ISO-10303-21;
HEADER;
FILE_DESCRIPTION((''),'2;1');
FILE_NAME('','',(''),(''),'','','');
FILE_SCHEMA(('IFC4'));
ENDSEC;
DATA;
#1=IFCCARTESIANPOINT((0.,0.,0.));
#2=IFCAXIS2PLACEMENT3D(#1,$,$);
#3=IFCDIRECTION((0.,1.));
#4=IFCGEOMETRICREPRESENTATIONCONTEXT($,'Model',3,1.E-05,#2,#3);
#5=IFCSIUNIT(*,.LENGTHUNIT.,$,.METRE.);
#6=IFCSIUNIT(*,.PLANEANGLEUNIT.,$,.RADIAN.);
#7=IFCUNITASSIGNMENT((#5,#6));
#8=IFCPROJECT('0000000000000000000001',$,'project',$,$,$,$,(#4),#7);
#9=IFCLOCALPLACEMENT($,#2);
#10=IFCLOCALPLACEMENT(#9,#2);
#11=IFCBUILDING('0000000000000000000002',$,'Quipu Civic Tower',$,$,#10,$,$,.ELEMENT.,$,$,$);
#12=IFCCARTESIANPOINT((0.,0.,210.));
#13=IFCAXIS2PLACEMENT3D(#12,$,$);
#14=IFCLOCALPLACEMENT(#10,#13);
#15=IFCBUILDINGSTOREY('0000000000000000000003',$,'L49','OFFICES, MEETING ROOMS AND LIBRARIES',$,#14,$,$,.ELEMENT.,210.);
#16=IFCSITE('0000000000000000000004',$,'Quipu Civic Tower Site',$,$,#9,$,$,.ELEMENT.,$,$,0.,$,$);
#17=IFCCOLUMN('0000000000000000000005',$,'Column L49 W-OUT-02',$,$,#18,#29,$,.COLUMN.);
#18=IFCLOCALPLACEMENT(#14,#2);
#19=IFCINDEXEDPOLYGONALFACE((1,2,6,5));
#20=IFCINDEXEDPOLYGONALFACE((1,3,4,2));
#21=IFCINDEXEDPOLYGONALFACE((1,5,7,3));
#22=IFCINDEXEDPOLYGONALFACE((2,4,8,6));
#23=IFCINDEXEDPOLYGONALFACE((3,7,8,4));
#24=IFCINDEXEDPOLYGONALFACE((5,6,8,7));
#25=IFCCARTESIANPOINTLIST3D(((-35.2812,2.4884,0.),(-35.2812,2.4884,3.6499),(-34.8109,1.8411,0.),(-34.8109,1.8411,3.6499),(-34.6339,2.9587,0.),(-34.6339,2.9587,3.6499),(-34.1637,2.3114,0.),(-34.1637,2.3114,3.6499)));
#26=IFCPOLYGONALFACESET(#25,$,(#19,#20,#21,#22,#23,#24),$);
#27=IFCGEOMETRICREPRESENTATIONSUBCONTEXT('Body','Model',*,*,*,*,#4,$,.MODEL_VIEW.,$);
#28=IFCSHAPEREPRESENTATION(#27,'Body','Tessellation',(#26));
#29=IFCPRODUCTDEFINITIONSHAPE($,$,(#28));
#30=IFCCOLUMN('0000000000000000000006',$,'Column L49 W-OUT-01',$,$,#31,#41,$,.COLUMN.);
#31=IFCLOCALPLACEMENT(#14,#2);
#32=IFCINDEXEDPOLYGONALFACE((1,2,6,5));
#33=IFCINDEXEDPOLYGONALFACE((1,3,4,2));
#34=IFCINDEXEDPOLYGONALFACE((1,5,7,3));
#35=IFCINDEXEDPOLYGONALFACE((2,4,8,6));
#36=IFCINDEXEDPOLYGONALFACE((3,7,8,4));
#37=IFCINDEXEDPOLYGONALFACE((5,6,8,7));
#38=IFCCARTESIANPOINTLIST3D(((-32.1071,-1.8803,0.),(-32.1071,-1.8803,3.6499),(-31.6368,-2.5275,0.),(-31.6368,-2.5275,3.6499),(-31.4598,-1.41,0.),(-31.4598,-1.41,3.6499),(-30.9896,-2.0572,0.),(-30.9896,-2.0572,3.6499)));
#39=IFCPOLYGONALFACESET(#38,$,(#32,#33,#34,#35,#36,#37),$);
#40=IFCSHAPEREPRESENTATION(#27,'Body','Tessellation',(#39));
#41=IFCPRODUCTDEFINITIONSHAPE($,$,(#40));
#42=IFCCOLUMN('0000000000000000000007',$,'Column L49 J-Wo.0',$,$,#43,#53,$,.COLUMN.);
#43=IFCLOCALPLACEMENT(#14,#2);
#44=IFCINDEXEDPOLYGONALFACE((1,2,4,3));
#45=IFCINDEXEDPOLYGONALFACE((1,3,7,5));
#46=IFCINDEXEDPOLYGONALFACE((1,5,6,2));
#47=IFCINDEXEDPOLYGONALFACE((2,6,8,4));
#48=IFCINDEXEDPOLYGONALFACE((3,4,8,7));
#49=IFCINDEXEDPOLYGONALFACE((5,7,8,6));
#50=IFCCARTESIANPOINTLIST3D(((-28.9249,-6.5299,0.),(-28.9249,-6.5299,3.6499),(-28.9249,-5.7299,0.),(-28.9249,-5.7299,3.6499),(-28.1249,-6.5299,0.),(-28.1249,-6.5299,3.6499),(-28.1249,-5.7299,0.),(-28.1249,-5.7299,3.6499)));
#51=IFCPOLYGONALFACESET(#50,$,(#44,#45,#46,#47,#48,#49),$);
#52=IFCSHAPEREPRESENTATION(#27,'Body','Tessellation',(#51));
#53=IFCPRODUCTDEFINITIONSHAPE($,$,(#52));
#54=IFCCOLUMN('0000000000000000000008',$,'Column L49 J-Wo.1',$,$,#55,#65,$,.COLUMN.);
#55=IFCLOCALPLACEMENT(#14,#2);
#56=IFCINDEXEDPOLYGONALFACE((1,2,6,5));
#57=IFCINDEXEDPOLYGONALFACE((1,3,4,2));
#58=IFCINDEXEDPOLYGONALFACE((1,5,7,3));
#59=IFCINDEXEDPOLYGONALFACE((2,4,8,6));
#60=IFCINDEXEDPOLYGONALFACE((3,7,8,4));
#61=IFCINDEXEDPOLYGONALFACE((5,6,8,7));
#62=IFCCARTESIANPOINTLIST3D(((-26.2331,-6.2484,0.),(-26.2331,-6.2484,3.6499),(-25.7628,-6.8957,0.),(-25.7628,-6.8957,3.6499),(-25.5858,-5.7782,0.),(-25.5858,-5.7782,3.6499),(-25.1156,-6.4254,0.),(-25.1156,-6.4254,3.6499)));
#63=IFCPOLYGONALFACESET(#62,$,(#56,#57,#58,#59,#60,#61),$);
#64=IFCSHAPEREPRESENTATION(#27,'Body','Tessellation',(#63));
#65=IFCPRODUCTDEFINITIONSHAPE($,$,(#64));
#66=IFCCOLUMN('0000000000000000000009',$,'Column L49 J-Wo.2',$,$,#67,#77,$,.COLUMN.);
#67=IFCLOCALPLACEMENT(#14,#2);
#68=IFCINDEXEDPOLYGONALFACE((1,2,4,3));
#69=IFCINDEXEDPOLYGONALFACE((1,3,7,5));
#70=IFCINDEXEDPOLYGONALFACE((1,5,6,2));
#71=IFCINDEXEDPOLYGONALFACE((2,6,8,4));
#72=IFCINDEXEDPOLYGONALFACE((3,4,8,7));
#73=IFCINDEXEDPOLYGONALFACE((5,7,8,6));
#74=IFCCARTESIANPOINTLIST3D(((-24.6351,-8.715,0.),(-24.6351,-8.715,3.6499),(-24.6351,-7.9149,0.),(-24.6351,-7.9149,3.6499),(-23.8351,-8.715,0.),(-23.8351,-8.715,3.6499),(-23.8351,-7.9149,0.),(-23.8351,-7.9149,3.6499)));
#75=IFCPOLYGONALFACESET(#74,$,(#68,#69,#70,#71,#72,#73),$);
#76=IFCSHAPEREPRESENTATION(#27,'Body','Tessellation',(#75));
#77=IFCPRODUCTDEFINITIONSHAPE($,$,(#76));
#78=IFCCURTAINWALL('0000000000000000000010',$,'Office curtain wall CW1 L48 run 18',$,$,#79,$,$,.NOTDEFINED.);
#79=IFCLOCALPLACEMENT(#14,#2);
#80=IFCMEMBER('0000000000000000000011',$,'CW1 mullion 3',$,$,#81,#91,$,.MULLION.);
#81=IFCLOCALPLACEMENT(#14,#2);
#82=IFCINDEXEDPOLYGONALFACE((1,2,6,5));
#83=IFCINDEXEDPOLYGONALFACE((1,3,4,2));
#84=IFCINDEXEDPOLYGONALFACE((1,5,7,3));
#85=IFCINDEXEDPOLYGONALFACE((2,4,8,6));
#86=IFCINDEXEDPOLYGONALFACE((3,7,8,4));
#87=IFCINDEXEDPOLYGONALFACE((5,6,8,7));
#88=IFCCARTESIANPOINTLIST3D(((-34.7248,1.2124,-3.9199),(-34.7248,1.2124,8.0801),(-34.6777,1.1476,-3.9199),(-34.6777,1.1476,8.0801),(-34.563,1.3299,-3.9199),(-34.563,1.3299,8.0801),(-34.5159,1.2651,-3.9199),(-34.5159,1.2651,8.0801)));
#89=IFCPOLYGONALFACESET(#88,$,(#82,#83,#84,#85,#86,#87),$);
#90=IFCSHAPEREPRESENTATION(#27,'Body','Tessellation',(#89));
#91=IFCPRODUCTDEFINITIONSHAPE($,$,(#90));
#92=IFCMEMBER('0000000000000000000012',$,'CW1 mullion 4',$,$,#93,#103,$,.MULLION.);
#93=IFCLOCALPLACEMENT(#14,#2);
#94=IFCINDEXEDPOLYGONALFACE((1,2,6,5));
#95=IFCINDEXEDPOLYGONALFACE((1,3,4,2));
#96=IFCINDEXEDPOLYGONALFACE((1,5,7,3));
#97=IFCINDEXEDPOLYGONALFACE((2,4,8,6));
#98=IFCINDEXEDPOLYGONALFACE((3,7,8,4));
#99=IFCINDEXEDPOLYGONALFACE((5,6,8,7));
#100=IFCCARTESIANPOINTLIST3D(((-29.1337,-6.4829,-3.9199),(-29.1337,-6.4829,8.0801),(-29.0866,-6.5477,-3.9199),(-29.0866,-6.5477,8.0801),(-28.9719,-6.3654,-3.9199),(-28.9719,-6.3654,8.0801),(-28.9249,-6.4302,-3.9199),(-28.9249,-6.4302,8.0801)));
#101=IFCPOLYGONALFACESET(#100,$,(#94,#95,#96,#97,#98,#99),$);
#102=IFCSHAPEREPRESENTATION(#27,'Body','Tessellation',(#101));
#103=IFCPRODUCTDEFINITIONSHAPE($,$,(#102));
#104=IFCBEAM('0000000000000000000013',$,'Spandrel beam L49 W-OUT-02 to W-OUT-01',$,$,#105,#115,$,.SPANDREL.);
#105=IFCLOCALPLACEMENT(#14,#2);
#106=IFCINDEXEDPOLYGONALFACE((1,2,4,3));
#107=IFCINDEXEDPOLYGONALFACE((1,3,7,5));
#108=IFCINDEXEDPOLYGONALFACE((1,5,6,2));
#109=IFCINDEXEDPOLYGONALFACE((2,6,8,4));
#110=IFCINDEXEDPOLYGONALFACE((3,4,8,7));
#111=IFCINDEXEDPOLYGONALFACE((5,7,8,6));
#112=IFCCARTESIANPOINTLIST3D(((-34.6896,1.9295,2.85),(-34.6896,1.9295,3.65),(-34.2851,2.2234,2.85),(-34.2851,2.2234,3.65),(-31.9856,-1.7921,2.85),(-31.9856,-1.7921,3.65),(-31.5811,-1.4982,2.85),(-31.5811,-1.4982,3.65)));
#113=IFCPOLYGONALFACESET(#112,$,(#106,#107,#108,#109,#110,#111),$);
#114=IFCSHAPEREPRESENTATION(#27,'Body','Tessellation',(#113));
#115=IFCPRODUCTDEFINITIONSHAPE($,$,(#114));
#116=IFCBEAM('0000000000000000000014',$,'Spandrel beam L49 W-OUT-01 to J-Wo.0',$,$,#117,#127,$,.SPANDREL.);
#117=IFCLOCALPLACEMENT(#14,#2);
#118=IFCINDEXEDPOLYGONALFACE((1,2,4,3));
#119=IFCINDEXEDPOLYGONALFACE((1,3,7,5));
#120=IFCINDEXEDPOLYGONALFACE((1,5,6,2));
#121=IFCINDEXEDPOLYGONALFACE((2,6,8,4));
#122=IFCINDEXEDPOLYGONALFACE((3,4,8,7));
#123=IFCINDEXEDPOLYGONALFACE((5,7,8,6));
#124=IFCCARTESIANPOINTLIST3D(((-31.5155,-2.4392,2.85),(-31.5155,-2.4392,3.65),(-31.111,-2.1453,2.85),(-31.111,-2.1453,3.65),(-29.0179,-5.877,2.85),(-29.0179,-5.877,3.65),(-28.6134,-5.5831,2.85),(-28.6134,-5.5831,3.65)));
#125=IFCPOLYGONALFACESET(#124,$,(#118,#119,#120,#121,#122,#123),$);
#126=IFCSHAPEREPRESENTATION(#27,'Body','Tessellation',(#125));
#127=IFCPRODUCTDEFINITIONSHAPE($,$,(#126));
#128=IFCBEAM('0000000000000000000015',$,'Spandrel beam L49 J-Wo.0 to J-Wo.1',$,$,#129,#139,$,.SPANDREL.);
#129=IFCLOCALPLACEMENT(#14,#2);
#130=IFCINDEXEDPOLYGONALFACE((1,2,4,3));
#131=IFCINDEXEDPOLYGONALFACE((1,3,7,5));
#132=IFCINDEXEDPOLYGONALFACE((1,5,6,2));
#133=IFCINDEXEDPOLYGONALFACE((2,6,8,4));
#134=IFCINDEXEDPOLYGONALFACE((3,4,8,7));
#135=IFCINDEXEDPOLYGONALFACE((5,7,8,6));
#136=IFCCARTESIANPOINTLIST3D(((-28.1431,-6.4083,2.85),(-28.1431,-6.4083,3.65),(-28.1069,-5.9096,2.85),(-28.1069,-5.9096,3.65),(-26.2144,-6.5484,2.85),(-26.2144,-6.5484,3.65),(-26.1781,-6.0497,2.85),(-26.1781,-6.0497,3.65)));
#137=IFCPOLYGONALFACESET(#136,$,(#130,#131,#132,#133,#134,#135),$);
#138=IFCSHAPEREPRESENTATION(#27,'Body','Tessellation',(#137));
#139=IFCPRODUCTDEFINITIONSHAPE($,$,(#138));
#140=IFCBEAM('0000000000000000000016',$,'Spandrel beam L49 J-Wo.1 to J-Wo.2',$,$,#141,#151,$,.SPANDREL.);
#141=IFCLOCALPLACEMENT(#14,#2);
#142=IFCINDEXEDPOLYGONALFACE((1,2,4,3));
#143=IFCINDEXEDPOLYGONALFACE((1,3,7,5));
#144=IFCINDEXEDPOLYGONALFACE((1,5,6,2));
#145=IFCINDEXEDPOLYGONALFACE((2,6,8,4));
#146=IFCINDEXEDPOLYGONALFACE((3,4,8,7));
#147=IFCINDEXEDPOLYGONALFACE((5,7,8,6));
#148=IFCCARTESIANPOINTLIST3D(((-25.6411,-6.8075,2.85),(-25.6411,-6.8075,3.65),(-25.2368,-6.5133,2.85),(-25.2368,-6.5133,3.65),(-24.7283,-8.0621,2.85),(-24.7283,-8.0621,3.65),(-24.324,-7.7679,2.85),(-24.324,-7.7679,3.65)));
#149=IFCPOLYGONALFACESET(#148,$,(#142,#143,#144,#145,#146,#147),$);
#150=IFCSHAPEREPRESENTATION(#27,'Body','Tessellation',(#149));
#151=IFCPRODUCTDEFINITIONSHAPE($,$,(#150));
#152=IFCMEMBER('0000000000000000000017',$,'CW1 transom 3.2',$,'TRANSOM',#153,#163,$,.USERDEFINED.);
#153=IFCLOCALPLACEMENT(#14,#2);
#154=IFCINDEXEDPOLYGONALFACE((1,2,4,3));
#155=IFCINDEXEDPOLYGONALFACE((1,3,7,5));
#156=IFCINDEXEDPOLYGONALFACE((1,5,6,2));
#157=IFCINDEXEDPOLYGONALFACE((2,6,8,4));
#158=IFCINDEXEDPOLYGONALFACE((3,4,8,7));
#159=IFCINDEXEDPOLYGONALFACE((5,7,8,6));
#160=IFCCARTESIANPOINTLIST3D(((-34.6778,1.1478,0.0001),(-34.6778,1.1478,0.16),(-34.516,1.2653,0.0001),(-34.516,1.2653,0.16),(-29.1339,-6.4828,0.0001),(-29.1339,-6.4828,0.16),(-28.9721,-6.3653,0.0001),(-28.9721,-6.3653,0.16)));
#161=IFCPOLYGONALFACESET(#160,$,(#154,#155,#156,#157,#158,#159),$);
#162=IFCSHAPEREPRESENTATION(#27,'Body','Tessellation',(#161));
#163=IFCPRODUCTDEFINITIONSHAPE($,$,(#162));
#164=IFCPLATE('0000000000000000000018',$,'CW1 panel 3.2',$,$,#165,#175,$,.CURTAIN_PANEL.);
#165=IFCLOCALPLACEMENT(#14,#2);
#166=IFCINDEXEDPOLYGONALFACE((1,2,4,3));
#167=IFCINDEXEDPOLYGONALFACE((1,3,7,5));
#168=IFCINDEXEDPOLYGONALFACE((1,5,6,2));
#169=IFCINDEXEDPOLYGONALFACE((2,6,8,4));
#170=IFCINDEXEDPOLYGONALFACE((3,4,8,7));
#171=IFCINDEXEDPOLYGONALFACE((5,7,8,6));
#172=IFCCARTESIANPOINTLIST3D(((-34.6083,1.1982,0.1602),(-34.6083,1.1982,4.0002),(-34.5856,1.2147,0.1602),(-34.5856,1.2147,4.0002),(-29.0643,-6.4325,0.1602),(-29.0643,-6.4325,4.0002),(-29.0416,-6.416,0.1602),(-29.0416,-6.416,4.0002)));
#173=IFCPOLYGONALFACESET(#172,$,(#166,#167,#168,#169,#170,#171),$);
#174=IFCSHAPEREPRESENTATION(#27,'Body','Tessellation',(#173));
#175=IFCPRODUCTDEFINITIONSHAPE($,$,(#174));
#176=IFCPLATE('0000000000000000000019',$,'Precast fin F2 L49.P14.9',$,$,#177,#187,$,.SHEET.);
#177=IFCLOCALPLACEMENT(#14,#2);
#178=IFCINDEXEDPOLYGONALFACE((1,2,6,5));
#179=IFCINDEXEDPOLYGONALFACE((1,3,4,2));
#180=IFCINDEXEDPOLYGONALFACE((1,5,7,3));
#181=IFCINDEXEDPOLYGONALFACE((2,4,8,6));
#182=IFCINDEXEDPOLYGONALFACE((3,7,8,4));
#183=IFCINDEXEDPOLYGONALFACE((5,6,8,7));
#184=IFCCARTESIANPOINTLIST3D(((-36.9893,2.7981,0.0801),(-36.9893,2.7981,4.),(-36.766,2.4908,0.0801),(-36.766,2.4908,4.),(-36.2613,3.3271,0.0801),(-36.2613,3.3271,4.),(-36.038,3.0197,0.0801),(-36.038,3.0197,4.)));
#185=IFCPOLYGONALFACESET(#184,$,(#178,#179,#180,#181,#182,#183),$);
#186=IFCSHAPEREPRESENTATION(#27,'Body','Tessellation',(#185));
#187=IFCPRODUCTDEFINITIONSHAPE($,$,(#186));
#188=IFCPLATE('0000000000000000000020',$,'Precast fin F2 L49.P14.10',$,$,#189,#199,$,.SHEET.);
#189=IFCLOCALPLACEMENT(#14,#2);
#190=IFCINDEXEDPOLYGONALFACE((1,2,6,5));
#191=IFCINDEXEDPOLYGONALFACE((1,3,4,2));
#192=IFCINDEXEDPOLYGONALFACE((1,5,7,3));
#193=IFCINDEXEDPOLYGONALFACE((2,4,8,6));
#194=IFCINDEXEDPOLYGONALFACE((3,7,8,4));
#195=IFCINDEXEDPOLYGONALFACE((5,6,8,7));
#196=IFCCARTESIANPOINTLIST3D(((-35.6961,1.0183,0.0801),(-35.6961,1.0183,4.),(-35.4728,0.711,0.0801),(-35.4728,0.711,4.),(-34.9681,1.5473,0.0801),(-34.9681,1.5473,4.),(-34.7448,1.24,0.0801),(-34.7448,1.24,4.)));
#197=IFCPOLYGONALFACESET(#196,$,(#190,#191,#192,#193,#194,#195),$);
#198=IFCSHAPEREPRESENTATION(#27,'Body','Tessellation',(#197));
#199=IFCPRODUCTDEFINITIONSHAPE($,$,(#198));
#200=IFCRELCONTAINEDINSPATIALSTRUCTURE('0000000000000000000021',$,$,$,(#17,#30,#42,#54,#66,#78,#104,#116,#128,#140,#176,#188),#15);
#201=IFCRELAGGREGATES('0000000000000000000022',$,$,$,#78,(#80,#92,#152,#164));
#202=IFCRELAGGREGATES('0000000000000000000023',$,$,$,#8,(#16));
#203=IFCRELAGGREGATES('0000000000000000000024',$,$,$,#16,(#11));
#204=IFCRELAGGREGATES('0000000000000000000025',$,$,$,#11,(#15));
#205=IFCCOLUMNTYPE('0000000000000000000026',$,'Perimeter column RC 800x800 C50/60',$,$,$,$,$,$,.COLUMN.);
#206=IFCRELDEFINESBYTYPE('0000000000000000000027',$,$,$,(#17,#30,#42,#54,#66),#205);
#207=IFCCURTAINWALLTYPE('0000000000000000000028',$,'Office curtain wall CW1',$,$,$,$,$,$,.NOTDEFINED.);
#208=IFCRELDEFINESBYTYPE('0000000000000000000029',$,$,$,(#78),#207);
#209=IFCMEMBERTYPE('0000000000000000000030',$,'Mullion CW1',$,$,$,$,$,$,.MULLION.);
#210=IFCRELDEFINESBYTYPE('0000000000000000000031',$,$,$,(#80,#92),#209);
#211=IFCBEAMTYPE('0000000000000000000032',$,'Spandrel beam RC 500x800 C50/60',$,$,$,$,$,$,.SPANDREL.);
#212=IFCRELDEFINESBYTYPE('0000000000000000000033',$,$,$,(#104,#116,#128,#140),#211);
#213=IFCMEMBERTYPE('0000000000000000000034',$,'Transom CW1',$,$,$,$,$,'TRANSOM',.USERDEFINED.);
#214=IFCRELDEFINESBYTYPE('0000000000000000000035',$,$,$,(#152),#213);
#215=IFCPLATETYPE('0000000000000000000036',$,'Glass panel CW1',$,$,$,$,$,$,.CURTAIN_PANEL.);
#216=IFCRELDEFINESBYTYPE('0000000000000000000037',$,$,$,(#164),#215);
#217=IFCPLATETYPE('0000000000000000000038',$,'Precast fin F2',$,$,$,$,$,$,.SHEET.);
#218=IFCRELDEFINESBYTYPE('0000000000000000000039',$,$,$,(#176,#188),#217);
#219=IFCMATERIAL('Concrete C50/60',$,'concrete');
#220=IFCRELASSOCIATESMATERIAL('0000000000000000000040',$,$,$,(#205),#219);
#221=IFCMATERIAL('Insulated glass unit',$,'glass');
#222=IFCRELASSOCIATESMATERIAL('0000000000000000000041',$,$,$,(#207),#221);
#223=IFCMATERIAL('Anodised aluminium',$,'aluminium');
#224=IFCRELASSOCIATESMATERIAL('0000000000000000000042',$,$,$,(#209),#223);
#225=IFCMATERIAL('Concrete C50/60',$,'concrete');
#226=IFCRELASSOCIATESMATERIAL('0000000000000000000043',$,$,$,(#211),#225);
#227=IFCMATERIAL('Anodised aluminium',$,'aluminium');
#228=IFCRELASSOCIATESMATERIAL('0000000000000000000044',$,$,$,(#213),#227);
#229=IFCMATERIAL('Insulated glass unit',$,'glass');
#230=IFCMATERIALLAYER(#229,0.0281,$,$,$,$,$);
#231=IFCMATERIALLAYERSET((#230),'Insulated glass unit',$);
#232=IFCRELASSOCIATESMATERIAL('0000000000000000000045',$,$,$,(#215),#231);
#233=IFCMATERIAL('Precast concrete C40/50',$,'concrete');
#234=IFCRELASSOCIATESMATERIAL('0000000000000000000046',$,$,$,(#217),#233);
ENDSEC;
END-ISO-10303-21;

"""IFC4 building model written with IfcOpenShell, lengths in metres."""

from ifc_helpers import new_model, si_unit, direction, frame, origin, origin_2d, place, context, subcontext, project, spatial, rectangle, extrude, material, layer, layer_set, material_profile, profile_set, type_object, element, aggregate, save


model = new_model("IFC4")

# Units and contexts
model_context = context("Model", 3, precision=1e-05, world=origin(), true_north=direction((0.0, 1.0)))
body_context = subcontext(model_context, "Body", "Model", "MODEL_VIEW")
ifc_project = project(units=[si_unit("LENGTHUNIT", "METRE"), si_unit("PLANEANGLEUNIT", "RADIAN")], contexts=[model_context])

# Site, building, storey
site_placement = place(None, origin())
site = spatial("IfcSite", under=ifc_project, at=site_placement, Name="Quipu Civic Tower Site", CompositionType="ELEMENT", RefElevation=0.0)
building_placement = place(site_placement, origin())
building = spatial("IfcBuilding", under=site, at=building_placement, Name="Quipu Civic Tower", CompositionType="ELEMENT")
storey_placement = place(building_placement, frame((0.0, 0.0, 210.0)))
storey = spatial("IfcBuildingStorey", under=building, at=storey_placement, Name="L49", Description="OFFICES, MEETING ROOMS AND LIBRARIES", CompositionType="ELEMENT", Elevation=210.0)

# Columns
ifc_material_1 = material(Name="Concrete C50/60", Category="concrete")
ifc_material_profile_1 = material_profile(ifc_material_1, rectangle(XDim=0.8, YDim=0.8, at=origin_2d()), Name="RC800x800")
ifc_profile_set_1 = profile_set([ifc_material_profile_1], Name="Concrete C50/60")
column_type = type_object("IfcColumnType", Name="Perimeter column RC 800x800 C50/60", PredefinedType="COLUMN", material=ifc_profile_set_1)
for number, where, z_axis, x_axis, name in (
    (1, (-34.7224, 2.3999, 0.0), (0.0, 0.0, 1.0), (0.587785, -0.809017, 0.0), "Column L49 W-OUT-02"),
    (2, (-31.5483, -1.9688, 0.0), (0.0, 0.0, 1.0), (0.587785, -0.809017, 0.0), "Column L49 W-OUT-01"),
    (3, (-28.5249, -6.1299, 0.0), (0.0, 0.0, 1.0), (1.0, 0.0, 0.0), "Column L49 J-Wo.0"),
    (4, (-25.6743, -6.3369, 0.0), (0.0, 0.0, 1.0), (0.587785, -0.809017, 0.0), "Column L49 J-Wo.1"),
    (5, (-24.2351, -8.3149, 0.0), (0.0, 0.0, 1.0), (1.0, 0.0, 0.0), "Column L49 J-Wo.2"),
):
    element("IfcColumn", number, at=place(storey_placement, frame(where, z_axis=z_axis, x_axis=x_axis)), inside=storey, type_object=column_type, Name=name, PredefinedType="COLUMN", context=body_context, shape_type="SweptSolid", body=[
        extrude(rectangle(XDim=0.8, YDim=0.8, at=origin_2d()), origin(), (0.0, 0.0, 1.0), 3.6499),
    ])

# Curtain wall, members
ifc_material_2 = material(Name="Insulated glass unit", Category="glass")
curtain_wall_type = type_object("IfcCurtainWallType", Name="Office curtain wall CW1", PredefinedType="NOTDEFINED", material=ifc_material_2)
curtain_wall_placement = place(storey_placement, origin())
curtain_wall = element("IfcCurtainWall", 6, at=curtain_wall_placement, inside=storey, type_object=curtain_wall_type, Name="Office curtain wall CW1 L48 run 18", PredefinedType="NOTDEFINED")
ifc_material_3 = material(Name="Anodised aluminium", Category="aluminium")
ifc_material_profile_2 = material_profile(ifc_material_3, rectangle(XDim=0.2, YDim=0.0801, at=origin_2d()), Name="RECT 200x80")
ifc_profile_set_2 = profile_set([ifc_material_profile_2], Name="Anodised aluminium")
member_type_1 = type_object("IfcMemberType", Name="Mullion CW1", PredefinedType="MULLION", material=ifc_profile_set_2)
member_1_placement = place(storey_placement, frame((-34.6204, 1.2388, -3.9199), z_axis=(0.0, 0.0, 1.0), x_axis=(0.809017, 0.587786, 0.0)))
member_1 = element("IfcMember", 7, at=member_1_placement, type_object=member_type_1, Name="CW1 mullion 3", PredefinedType="MULLION", context=body_context, shape_type="SweptSolid", body=[
    extrude(rectangle(XDim=0.2, YDim=0.0801, at=origin_2d()), origin(), (0.0, 0.0, 1.0), 12.0),
])
member_2_placement = place(storey_placement, frame((-29.0293, -6.4565, -3.9199), z_axis=(0.0, 0.0, 1.0), x_axis=(0.809017, 0.587786, 0.0)))
member_2 = element("IfcMember", 8, at=member_2_placement, type_object=member_type_1, Name="CW1 mullion 4", PredefinedType="MULLION", context=body_context, shape_type="SweptSolid", body=[
    extrude(rectangle(XDim=0.2, YDim=0.0801, at=origin_2d()), origin(), (0.0, 0.0, 1.0), 12.0),
])

# Beams
ifc_material_4 = material(Name="Concrete C50/60", Category="concrete")
ifc_material_profile_3 = material_profile(ifc_material_4, rectangle(XDim=0.5, YDim=0.8, at=origin_2d()), Name="RC500x800")
ifc_profile_set_3 = profile_set([ifc_material_profile_3], Name="Concrete C50/60")
beam_type = type_object("IfcBeamType", Name="Spandrel beam RC 500x800 C50/60", PredefinedType="SPANDREL", material=ifc_profile_set_3)
beam_1_placement = place(storey_placement, frame((-34.4873, 2.0764, 3.25), z_axis=(0.587796, -0.809009, 0.0), x_axis=(0.809009, 0.587796, 0.0)))
element("IfcBeam", 9, at=beam_1_placement, inside=storey, type_object=beam_type, Name="Spandrel beam L49 W-OUT-02 to W-OUT-01", PredefinedType="SPANDREL", context=body_context, shape_type="SweptSolid", body=[
    extrude(rectangle(XDim=0.5, YDim=0.8, at=origin_2d()), origin(), (0.0, 0.0, 1.0), 4.6001),
])
beam_2_placement = place(storey_placement, frame((-31.3132, -2.2922, 3.25), z_axis=(0.587769, -0.809029, 0.0), x_axis=(0.809029, 0.587769, 0.0)))
element("IfcBeam", 10, at=beam_2_placement, inside=storey, type_object=beam_type, Name="Spandrel beam L49 W-OUT-01 to J-Wo.0", PredefinedType="SPANDREL", context=body_context, shape_type="SweptSolid", body=[
    extrude(rectangle(XDim=0.5, YDim=0.8, at=origin_2d()), origin(), (0.0, 0.0, 1.0), 4.2493),
])
beam_3_placement = place(storey_placement, frame((-28.125, -6.1589, 3.25), z_axis=(0.997371, -0.072467, 0.0), x_axis=(0.072467, 0.997371, 0.0)))
element("IfcBeam", 11, at=beam_3_placement, inside=storey, type_object=beam_type, Name="Spandrel beam L49 J-Wo.0 to J-Wo.1", PredefinedType="SPANDREL", context=body_context, shape_type="SweptSolid", body=[
    extrude(rectangle(XDim=0.5, YDim=0.8, at=origin_2d()), origin(), (0.0, 0.0, 1.0), 1.9338),
])
beam_4_placement = place(storey_placement, frame((-25.439, -6.6604, 3.25), z_axis=(0.588331, -0.80862, 0.0), x_axis=(0.80862, 0.588331, 0.0)))
element("IfcBeam", 12, at=beam_4_placement, inside=storey, type_object=beam_type, Name="Spandrel beam L49 J-Wo.1 to J-Wo.2", PredefinedType="SPANDREL", context=body_context, shape_type="SweptSolid", body=[
    extrude(rectangle(XDim=0.5, YDim=0.8, at=origin_2d()), origin(), (0.0, 0.0, 1.0), 1.5515),
])

# Member
ifc_material_5 = material(Name="Anodised aluminium", Category="aluminium")
ifc_material_profile_4 = material_profile(ifc_material_5, rectangle(XDim=0.2, YDim=0.1599, at=origin_2d()), Name="RECT 200x160")
ifc_profile_set_4 = profile_set([ifc_material_profile_4], Name="Anodised aluminium")
member_type_2 = type_object("IfcMemberType", Name="Transom CW1", ElementType="TRANSOM", PredefinedType="USERDEFINED", material=ifc_profile_set_4)
member_3_placement = place(storey_placement, frame((-34.5969, 1.2065, 0.0801), z_axis=(0.587784, -0.809018, 0.0), x_axis=(0.809018, 0.587784, 0.0)))
member_3 = element("IfcMember", 13, at=member_3_placement, type_object=member_type_2, Name="CW1 transom 3.2", ObjectType="TRANSOM", PredefinedType="USERDEFINED", context=body_context, shape_type="SweptSolid", body=[
    extrude(rectangle(XDim=0.2, YDim=0.1599, at=origin_2d()), origin(), (0.0, 0.0, 1.0), 9.4319),
])

# Plate
ifc_material_6 = material(Name="Insulated glass unit", Category="glass")
ifc_layer = layer(ifc_material_6, 0.0281)
ifc_layer_set = layer_set([ifc_layer], Name="Insulated glass unit")
plate_type_1 = type_object("IfcPlateType", Name="Glass panel CW1", PredefinedType="CURTAIN_PANEL", material=ifc_layer_set)
plate_placement = place(storey_placement, frame((-31.825, -2.6089, 0.1602), z_axis=(0.0, 0.0, 1.0), x_axis=(0.587786, -0.809017, 0.0)))
plate = element("IfcPlate", 14, at=plate_placement, type_object=plate_type_1, Name="CW1 panel 3.2", PredefinedType="CURTAIN_PANEL", context=body_context, shape_type="SweptSolid", body=[
    extrude(rectangle(XDim=9.4321, YDim=0.0281, at=origin_2d()), origin(), (0.0, 0.0, 1.0), 3.8401),
])
aggregate(curtain_wall, [member_1, member_2, member_3, plate])

# Plates
ifc_material_7 = material(Name="Precast concrete C40/50", Category="concrete")
plate_type_2 = type_object("IfcPlateType", Name="Precast fin F2", PredefinedType="SHEET", material=ifc_material_7)
for number, where, z_axis, x_axis, name in (
    (15, (-36.5137, 2.9089, 0.0801), (0.0, 0.0, 1.0), (0.587786, -0.809017, 0.0), "Precast fin F2 L49.P14.9"),
    (16, (-35.2205, 1.1292, 0.0801), (0.0, 0.0, 1.0), (0.587786, -0.809017, 0.0), "Precast fin F2 L49.P14.10"),
):
    element("IfcPlate", number, at=place(storey_placement, frame(where, z_axis=z_axis, x_axis=x_axis)), inside=storey, type_object=plate_type_2, Name=name, PredefinedType="SHEET", context=body_context, shape_type="SweptSolid", body=[
        extrude(rectangle(XDim=0.3799, YDim=0.8999, at=origin_2d()), origin(), (0.0, 0.0, 1.0), 3.9199),
    ])

save(model, "model.ifc")
